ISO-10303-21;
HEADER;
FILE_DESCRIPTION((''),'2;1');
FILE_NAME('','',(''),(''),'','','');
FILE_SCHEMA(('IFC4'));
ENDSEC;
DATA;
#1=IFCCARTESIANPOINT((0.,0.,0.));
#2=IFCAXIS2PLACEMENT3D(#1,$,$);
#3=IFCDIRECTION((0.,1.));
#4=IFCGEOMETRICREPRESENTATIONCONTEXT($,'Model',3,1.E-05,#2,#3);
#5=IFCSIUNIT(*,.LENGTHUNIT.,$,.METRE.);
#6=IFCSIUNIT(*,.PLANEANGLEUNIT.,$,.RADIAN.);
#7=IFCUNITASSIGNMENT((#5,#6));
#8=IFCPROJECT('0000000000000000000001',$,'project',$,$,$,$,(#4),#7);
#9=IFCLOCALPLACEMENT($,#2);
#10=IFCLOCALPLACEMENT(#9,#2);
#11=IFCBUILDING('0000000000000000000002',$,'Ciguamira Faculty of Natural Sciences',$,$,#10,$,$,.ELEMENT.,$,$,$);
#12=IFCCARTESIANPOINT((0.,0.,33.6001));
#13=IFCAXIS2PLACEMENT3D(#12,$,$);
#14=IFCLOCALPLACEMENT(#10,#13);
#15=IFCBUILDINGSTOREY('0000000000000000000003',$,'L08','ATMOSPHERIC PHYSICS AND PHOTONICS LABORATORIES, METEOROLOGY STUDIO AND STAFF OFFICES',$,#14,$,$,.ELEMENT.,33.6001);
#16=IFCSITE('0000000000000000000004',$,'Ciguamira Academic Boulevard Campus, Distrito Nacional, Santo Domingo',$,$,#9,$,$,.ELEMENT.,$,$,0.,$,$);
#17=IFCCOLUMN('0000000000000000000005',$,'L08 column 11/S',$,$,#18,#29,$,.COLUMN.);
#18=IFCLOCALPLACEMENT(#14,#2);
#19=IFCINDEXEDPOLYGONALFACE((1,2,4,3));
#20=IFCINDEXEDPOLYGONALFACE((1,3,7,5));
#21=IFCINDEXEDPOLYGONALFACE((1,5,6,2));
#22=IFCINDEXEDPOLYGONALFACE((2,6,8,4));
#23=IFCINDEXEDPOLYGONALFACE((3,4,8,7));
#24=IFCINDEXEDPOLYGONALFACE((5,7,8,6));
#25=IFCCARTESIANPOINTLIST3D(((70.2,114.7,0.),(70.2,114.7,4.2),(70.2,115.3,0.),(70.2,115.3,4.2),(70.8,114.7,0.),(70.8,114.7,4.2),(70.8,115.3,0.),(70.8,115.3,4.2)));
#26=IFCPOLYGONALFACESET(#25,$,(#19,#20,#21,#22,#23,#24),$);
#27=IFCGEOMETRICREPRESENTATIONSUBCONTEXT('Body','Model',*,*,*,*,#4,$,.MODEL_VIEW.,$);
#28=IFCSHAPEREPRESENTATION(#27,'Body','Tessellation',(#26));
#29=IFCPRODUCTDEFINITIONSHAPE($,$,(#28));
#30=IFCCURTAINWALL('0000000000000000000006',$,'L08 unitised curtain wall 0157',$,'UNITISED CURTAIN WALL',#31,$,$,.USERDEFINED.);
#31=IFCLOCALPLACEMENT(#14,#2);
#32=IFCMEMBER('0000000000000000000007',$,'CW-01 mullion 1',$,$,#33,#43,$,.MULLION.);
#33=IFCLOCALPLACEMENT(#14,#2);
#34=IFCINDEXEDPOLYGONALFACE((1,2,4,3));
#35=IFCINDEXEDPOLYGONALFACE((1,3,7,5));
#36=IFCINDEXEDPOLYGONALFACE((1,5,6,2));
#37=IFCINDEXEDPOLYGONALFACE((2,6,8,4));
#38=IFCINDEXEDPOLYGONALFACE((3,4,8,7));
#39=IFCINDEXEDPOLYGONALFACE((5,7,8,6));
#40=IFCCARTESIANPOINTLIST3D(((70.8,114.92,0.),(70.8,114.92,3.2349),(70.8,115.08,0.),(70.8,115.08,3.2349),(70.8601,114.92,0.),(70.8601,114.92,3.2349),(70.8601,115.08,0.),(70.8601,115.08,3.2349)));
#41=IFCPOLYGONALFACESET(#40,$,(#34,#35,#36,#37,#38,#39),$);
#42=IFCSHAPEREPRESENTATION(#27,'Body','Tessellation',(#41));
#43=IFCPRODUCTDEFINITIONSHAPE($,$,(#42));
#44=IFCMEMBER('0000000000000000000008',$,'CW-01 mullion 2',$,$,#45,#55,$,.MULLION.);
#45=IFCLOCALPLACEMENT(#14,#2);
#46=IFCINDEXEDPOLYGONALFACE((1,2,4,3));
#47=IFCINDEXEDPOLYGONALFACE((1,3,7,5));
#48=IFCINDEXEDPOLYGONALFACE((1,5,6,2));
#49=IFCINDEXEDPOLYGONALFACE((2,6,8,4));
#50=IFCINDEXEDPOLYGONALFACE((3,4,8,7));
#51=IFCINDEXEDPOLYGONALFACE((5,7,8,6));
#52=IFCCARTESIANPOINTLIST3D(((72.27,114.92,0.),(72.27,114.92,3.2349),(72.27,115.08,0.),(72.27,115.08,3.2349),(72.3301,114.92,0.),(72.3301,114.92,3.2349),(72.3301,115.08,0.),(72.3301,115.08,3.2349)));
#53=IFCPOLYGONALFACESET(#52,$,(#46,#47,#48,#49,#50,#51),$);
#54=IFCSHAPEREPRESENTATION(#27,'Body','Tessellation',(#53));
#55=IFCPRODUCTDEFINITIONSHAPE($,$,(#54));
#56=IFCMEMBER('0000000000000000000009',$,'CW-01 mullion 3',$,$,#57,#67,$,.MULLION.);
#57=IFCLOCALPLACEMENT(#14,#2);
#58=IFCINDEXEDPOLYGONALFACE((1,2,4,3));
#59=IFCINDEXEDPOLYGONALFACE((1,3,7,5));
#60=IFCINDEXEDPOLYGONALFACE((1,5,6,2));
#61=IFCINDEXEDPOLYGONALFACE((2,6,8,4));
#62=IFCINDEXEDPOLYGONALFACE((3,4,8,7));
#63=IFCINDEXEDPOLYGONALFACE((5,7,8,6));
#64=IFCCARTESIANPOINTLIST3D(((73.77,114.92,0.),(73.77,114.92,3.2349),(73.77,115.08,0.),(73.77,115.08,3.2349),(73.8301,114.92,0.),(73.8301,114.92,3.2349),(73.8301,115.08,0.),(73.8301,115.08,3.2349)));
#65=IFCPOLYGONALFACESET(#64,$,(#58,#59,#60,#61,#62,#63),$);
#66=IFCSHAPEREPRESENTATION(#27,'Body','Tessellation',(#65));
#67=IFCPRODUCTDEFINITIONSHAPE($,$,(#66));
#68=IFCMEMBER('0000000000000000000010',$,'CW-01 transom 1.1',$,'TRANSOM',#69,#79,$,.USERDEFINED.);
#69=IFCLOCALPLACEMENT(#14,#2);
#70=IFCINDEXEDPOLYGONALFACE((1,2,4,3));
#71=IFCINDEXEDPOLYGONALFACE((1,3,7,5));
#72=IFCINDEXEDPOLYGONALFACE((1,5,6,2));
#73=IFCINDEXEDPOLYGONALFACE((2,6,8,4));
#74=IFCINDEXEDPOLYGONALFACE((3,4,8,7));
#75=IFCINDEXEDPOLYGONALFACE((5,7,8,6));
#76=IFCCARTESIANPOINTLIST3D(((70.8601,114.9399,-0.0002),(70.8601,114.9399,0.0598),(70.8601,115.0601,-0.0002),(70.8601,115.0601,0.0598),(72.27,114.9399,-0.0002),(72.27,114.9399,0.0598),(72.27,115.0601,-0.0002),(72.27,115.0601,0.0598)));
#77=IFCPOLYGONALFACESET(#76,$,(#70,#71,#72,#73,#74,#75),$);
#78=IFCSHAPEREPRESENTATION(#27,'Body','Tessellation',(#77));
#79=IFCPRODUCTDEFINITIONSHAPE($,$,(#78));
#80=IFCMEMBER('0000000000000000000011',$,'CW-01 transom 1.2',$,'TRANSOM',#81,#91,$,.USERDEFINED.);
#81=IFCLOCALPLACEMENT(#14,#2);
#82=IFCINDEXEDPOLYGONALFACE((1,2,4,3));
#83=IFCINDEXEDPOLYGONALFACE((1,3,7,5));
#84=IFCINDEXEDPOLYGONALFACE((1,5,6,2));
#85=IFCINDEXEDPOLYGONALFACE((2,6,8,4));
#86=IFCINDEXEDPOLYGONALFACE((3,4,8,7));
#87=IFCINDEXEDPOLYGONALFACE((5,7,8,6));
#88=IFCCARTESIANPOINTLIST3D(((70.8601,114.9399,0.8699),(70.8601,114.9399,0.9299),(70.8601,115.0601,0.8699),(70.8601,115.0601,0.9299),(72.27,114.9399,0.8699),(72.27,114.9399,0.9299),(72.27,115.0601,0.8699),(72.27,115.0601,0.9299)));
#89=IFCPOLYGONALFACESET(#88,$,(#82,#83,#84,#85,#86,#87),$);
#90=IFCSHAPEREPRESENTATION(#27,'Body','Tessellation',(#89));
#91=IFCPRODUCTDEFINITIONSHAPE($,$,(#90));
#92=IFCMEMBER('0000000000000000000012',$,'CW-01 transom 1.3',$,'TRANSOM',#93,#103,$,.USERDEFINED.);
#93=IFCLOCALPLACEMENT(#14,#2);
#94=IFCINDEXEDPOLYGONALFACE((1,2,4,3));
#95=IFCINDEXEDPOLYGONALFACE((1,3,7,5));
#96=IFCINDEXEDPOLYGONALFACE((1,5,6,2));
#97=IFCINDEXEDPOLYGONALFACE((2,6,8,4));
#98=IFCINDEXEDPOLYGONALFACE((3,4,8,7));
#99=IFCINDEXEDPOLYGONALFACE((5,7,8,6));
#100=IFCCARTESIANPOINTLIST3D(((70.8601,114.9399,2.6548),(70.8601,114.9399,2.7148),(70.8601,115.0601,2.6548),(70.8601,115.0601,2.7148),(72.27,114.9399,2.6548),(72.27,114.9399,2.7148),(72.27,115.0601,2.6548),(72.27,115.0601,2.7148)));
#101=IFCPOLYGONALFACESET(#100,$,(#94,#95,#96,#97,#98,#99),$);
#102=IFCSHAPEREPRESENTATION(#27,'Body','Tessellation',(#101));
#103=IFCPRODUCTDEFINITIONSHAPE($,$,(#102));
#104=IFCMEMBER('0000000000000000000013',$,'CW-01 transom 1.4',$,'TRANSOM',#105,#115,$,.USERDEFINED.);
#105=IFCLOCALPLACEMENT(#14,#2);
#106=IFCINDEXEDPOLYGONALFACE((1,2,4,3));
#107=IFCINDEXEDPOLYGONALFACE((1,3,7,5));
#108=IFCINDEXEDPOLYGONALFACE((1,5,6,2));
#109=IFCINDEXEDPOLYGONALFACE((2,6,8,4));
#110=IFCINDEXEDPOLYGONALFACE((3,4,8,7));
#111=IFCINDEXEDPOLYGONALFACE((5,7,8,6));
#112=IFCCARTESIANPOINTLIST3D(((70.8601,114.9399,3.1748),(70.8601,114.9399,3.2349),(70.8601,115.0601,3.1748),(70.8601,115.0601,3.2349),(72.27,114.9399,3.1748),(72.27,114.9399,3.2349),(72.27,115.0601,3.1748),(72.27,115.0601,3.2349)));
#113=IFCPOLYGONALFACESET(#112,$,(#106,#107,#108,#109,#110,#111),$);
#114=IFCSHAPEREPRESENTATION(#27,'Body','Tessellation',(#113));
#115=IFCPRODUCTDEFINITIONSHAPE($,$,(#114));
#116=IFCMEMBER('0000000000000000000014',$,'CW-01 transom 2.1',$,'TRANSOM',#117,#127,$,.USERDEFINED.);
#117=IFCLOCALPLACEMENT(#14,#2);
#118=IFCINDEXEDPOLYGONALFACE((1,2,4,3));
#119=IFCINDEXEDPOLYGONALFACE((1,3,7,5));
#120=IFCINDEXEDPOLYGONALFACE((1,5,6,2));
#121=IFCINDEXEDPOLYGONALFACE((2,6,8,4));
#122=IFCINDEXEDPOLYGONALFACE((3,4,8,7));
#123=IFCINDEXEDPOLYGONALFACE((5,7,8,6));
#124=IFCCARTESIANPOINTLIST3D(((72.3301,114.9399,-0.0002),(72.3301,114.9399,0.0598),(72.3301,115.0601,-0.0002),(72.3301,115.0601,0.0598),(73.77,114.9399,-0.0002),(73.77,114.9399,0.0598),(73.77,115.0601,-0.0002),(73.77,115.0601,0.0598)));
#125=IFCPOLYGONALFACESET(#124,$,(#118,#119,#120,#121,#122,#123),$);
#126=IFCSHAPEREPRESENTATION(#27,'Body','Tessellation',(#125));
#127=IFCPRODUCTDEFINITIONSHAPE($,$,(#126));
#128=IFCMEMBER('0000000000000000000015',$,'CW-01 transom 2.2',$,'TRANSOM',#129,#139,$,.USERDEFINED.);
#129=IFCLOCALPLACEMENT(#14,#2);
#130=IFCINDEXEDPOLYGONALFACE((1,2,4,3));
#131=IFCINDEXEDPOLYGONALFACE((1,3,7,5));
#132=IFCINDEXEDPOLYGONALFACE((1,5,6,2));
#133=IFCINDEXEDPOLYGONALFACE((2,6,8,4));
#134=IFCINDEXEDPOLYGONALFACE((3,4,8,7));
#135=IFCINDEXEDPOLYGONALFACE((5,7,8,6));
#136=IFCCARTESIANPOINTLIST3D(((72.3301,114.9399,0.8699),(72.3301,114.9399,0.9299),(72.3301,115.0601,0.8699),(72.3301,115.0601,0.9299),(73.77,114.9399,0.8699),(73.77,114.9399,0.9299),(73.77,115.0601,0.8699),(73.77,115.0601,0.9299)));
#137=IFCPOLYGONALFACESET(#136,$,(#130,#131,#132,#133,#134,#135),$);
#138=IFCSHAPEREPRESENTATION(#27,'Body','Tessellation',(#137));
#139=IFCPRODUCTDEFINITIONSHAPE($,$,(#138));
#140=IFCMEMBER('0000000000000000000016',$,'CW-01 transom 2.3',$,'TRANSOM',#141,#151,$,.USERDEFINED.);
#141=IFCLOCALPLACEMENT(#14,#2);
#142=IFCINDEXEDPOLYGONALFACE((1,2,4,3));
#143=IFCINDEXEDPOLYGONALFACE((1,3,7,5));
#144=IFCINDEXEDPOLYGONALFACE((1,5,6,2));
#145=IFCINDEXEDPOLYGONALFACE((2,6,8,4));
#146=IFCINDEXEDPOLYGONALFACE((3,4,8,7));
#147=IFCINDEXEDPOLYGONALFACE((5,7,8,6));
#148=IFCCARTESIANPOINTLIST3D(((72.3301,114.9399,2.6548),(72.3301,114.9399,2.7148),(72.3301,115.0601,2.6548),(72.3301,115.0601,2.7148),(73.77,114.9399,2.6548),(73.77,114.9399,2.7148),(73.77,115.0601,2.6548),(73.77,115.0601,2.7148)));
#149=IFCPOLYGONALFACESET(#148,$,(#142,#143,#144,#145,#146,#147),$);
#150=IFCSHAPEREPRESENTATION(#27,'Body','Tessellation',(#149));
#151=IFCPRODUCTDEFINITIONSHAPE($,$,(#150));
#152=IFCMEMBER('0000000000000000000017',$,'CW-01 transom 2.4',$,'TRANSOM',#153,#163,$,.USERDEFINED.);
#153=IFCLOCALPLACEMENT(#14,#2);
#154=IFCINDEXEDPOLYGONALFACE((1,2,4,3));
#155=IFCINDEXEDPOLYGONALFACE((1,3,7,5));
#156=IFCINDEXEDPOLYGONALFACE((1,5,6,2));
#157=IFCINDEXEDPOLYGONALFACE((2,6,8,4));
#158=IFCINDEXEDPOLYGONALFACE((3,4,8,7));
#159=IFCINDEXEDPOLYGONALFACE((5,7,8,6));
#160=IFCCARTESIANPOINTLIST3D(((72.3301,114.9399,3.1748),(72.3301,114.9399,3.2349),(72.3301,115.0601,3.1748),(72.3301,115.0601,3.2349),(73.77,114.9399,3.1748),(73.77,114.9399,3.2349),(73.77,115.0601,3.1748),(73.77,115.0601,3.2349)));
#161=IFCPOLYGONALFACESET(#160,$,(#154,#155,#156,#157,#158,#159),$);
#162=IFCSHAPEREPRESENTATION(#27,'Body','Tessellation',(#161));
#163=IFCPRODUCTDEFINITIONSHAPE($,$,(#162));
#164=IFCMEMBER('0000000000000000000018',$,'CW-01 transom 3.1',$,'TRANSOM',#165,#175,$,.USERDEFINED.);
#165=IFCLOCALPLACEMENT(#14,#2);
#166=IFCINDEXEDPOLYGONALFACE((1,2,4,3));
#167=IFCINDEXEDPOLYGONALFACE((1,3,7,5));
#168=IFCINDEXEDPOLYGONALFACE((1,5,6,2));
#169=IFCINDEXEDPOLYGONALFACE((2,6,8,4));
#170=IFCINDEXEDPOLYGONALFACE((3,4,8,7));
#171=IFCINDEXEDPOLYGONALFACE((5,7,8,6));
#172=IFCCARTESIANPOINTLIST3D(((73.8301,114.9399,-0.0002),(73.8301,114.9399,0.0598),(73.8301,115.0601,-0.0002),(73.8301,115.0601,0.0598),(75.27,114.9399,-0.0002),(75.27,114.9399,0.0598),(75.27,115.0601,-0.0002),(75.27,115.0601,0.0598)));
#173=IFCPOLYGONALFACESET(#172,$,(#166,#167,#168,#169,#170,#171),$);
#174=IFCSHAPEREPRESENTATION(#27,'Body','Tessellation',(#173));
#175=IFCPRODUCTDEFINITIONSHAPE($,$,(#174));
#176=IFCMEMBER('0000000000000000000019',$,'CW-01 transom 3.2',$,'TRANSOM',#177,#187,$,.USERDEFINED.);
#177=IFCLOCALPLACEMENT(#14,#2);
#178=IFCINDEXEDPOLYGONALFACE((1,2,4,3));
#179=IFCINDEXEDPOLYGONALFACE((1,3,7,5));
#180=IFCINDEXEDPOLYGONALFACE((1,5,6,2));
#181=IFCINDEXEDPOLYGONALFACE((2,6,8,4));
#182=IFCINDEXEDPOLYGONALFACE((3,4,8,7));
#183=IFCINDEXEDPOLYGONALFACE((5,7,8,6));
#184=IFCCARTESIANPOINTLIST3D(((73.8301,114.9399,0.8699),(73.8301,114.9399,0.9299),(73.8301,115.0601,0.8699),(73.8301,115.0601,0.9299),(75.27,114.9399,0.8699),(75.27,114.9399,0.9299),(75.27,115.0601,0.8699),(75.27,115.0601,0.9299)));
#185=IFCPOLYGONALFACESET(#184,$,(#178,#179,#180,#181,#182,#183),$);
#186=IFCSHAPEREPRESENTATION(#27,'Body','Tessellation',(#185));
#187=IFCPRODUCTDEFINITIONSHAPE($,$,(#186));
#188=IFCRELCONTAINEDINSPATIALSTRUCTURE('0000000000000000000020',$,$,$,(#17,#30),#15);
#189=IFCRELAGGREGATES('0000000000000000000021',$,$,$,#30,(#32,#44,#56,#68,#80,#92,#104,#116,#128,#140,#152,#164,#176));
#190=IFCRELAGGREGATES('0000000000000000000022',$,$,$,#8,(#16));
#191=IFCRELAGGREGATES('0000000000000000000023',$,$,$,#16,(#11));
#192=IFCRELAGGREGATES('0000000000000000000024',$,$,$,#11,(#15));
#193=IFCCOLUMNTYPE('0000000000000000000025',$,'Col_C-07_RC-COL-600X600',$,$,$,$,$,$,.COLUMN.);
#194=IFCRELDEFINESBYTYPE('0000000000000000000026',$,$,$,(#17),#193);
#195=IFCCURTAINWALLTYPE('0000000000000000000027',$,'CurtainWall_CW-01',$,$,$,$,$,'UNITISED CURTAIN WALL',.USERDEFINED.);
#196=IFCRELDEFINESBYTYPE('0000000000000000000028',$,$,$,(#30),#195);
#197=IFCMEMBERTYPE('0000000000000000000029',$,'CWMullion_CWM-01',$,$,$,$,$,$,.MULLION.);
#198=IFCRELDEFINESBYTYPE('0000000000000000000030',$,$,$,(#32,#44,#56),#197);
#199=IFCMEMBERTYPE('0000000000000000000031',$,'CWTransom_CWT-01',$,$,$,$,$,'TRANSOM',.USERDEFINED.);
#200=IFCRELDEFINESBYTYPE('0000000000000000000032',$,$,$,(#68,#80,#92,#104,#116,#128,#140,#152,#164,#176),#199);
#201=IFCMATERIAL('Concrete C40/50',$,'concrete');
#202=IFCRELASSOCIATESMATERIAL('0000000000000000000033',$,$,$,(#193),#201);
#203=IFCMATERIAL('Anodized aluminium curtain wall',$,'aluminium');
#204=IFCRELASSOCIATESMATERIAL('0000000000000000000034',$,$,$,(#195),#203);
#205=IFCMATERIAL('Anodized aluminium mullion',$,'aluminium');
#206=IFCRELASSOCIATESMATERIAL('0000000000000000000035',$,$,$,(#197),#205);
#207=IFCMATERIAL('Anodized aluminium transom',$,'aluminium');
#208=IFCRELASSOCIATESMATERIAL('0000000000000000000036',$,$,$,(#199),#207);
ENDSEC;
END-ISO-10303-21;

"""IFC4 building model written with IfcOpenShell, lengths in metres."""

from ifc_helpers import new_model, si_unit, direction, frame, origin, origin_2d, place, context, subcontext, project, spatial, rectangle, extrude, material, material_profile, profile_set, type_object, element, aggregate, save


model = new_model("IFC4")

# Units and contexts
model_context = context("Model", 3, precision=1e-05, world=origin(), true_north=direction((0.0, 1.0)))
body_context = subcontext(model_context, "Body", "Model", "MODEL_VIEW")
ifc_project = project(units=[si_unit("LENGTHUNIT", "METRE"), si_unit("PLANEANGLEUNIT", "RADIAN")], contexts=[model_context])

# Site, building, storey
site_placement = place(None, origin())
site = spatial("IfcSite", under=ifc_project, at=site_placement, Name="Ciguamira Academic Boulevard Campus, Distrito Nacional, Santo Domingo", CompositionType="ELEMENT", RefElevation=0.0)
building_placement = place(site_placement, origin())
building = spatial("IfcBuilding", under=site, at=building_placement, Name="Ciguamira Faculty of Natural Sciences", CompositionType="ELEMENT")
storey_placement = place(building_placement, frame((0.0, 0.0, 33.6001)))
storey = spatial("IfcBuildingStorey", under=building, at=storey_placement, Name="L08", Description="ATMOSPHERIC PHYSICS AND PHOTONICS LABORATORIES, METEOROLOGY STUDIO AND STAFF OFFICES", CompositionType="ELEMENT", Elevation=33.6001)

# Column
ifc_material_1 = material(Name="Concrete C40/50", Category="concrete")
ifc_material_profile_1 = material_profile(ifc_material_1, rectangle(XDim=0.6001, YDim=0.6001, at=origin_2d()), Name="RC-COL-600X600")
ifc_profile_set_1 = profile_set([ifc_material_profile_1], Name="Concrete C40/50")
column_type = type_object("IfcColumnType", Name="Col_C-07_RC-COL-600X600", PredefinedType="COLUMN", material=ifc_profile_set_1)
column_placement = place(storey_placement, frame((70.5, 115.0, 0.0), z_axis=(0.0, 0.0, 1.0), x_axis=(1.0, 0.0, 0.0)))
element("IfcColumn", 1, at=column_placement, inside=storey, type_object=column_type, Name="L08 column 11/S", PredefinedType="COLUMN", context=body_context, shape_type="SweptSolid", body=[
    extrude(rectangle(XDim=0.6001, YDim=0.6001, at=origin_2d()), origin(), (0.0, 0.0, 1.0), 4.2),
])

# Curtain wall, members
ifc_material_2 = material(Name="Anodized aluminium curtain wall", Category="aluminium")
curtain_wall_type = type_object("IfcCurtainWallType", Name="CurtainWall_CW-01", ElementType="UNITISED CURTAIN WALL", PredefinedType="USERDEFINED", material=ifc_material_2)
curtain_wall_placement = place(storey_placement, origin())
curtain_wall = element("IfcCurtainWall", 2, at=curtain_wall_placement, inside=storey, type_object=curtain_wall_type, Name="L08 unitised curtain wall 0157", ObjectType="UNITISED CURTAIN WALL", PredefinedType="USERDEFINED")
ifc_material_3 = material(Name="Anodized aluminium mullion", Category="aluminium")
ifc_material_profile_2 = material_profile(ifc_material_3, rectangle(XDim=0.0601, YDim=0.1599, at=origin_2d()), Name="ALU-MUL-60X160")
ifc_profile_set_2 = profile_set([ifc_material_profile_2], Name="Anodized aluminium mullion")
member_type_1 = type_object("IfcMemberType", Name="CWMullion_CWM-01", PredefinedType="MULLION", material=ifc_profile_set_2)
member_1_placement = place(storey_placement, frame((70.8301, 115.0, 0.0), z_axis=(0.0, 0.0, 1.0), x_axis=(1.0, 0.0, 0.0)))
member_1 = element("IfcMember", 3, at=member_1_placement, type_object=member_type_1, Name="CW-01 mullion 1", PredefinedType="MULLION", context=body_context, shape_type="SweptSolid", body=[
    extrude(rectangle(XDim=0.0601, YDim=0.1599, at=origin_2d()), origin(), (0.0, 0.0, 1.0), 3.2349),
])
member_2_placement = place(storey_placement, frame((72.3, 115.0, 0.0), z_axis=(0.0, 0.0, 1.0), x_axis=(1.0, 0.0, 0.0)))
member_2 = element("IfcMember", 4, at=member_2_placement, type_object=member_type_1, Name="CW-01 mullion 2", PredefinedType="MULLION", context=body_context, shape_type="SweptSolid", body=[
    extrude(rectangle(XDim=0.0601, YDim=0.1599, at=origin_2d()), origin(), (0.0, 0.0, 1.0), 3.2349),
])
member_3_placement = place(storey_placement, frame((73.8, 115.0, 0.0), z_axis=(0.0, 0.0, 1.0), x_axis=(1.0, 0.0, 0.0)))
member_3 = element("IfcMember", 5, at=member_3_placement, type_object=member_type_1, Name="CW-01 mullion 3", PredefinedType="MULLION", context=body_context, shape_type="SweptSolid", body=[
    extrude(rectangle(XDim=0.0601, YDim=0.1599, at=origin_2d()), origin(), (0.0, 0.0, 1.0), 3.2349),
])
ifc_material_4 = material(Name="Anodized aluminium transom", Category="aluminium")
ifc_material_profile_3 = material_profile(ifc_material_4, rectangle(XDim=0.0601, YDim=0.1201, at=origin_2d()), Name="ALU-TRN-60X120")
ifc_profile_set_3 = profile_set([ifc_material_profile_3], Name="Anodized aluminium transom")
member_type_2 = type_object("IfcMemberType", Name="CWTransom_CWT-01", ElementType="TRANSOM", PredefinedType="USERDEFINED", material=ifc_profile_set_3)
member_4_placement = place(storey_placement, frame((70.8601, 115.0, 0.0298), z_axis=(1.0, 0.0, 0.0), x_axis=(0.0, 0.0, 1.0)))
member_4 = element("IfcMember", 6, at=member_4_placement, type_object=member_type_2, Name="CW-01 transom 1.1", ObjectType="TRANSOM", PredefinedType="USERDEFINED", context=body_context, shape_type="SweptSolid", body=[
    extrude(rectangle(XDim=0.0601, YDim=0.1201, at=origin_2d()), origin(), (0.0, 0.0, 1.0), 1.4099),
])
member_5_placement = place(storey_placement, frame((70.8601, 115.0, 0.8999), z_axis=(1.0, 0.0, 0.0), x_axis=(0.0, 0.0, 1.0)))
member_5 = element("IfcMember", 7, at=member_5_placement, type_object=member_type_2, Name="CW-01 transom 1.2", ObjectType="TRANSOM", PredefinedType="USERDEFINED", context=body_context, shape_type="SweptSolid", body=[
    extrude(rectangle(XDim=0.0601, YDim=0.1201, at=origin_2d()), origin(), (0.0, 0.0, 1.0), 1.4099),
])
member_6_placement = place(storey_placement, frame((70.8601, 115.0, 2.6848), z_axis=(1.0, 0.0, 0.0), x_axis=(0.0, 0.0, 1.0)))
member_6 = element("IfcMember", 8, at=member_6_placement, type_object=member_type_2, Name="CW-01 transom 1.3", ObjectType="TRANSOM", PredefinedType="USERDEFINED", context=body_context, shape_type="SweptSolid", body=[
    extrude(rectangle(XDim=0.0601, YDim=0.1201, at=origin_2d()), origin(), (0.0, 0.0, 1.0), 1.4099),
])
member_7_placement = place(storey_placement, frame((70.8601, 115.0, 3.2048), z_axis=(1.0, 0.0, 0.0), x_axis=(0.0, 0.0, 1.0)))
member_7 = element("IfcMember", 9, at=member_7_placement, type_object=member_type_2, Name="CW-01 transom 1.4", ObjectType="TRANSOM", PredefinedType="USERDEFINED", context=body_context, shape_type="SweptSolid", body=[
    extrude(rectangle(XDim=0.0601, YDim=0.1201, at=origin_2d()), origin(), (0.0, 0.0, 1.0), 1.4099),
])
member_8_placement = place(storey_placement, frame((72.3301, 115.0, 0.0298), z_axis=(1.0, 0.0, 0.0), x_axis=(0.0, 0.0, 1.0)))
member_8 = element("IfcMember", 10, at=member_8_placement, type_object=member_type_2, Name="CW-01 transom 2.1", ObjectType="TRANSOM", PredefinedType="USERDEFINED", context=body_context, shape_type="SweptSolid", body=[
    extrude(rectangle(XDim=0.0601, YDim=0.1201, at=origin_2d()), origin(), (0.0, 0.0, 1.0), 1.4399),
])
member_9_placement = place(storey_placement, frame((72.3301, 115.0, 0.8999), z_axis=(1.0, 0.0, 0.0), x_axis=(0.0, 0.0, 1.0)))
member_9 = element("IfcMember", 11, at=member_9_placement, type_object=member_type_2, Name="CW-01 transom 2.2", ObjectType="TRANSOM", PredefinedType="USERDEFINED", context=body_context, shape_type="SweptSolid", body=[
    extrude(rectangle(XDim=0.0601, YDim=0.1201, at=origin_2d()), origin(), (0.0, 0.0, 1.0), 1.4399),
])
member_10_placement = place(storey_placement, frame((72.3301, 115.0, 2.6848), z_axis=(1.0, 0.0, 0.0), x_axis=(0.0, 0.0, 1.0)))
member_10 = element("IfcMember", 12, at=member_10_placement, type_object=member_type_2, Name="CW-01 transom 2.3", ObjectType="TRANSOM", PredefinedType="USERDEFINED", context=body_context, shape_type="SweptSolid", body=[
    extrude(rectangle(XDim=0.0601, YDim=0.1201, at=origin_2d()), origin(), (0.0, 0.0, 1.0), 1.4399),
])
member_11_placement = place(storey_placement, frame((72.3301, 115.0, 3.2048), z_axis=(1.0, 0.0, 0.0), x_axis=(0.0, 0.0, 1.0)))
member_11 = element("IfcMember", 13, at=member_11_placement, type_object=member_type_2, Name="CW-01 transom 2.4", ObjectType="TRANSOM", PredefinedType="USERDEFINED", context=body_context, shape_type="SweptSolid", body=[
    extrude(rectangle(XDim=0.0601, YDim=0.1201, at=origin_2d()), origin(), (0.0, 0.0, 1.0), 1.4399),
])
member_12_placement = place(storey_placement, frame((73.8301, 115.0, 0.0298), z_axis=(1.0, 0.0, 0.0), x_axis=(0.0, 0.0, 1.0)))
member_12 = element("IfcMember", 14, at=member_12_placement, type_object=member_type_2, Name="CW-01 transom 3.1", ObjectType="TRANSOM", PredefinedType="USERDEFINED", context=body_context, shape_type="SweptSolid", body=[
    extrude(rectangle(XDim=0.0601, YDim=0.1201, at=origin_2d()), origin(), (0.0, 0.0, 1.0), 1.4399),
])
member_13_placement = place(storey_placement, frame((73.8301, 115.0, 0.8999), z_axis=(1.0, 0.0, 0.0), x_axis=(0.0, 0.0, 1.0)))
member_13 = element("IfcMember", 15, at=member_13_placement, type_object=member_type_2, Name="CW-01 transom 3.2", ObjectType="TRANSOM", PredefinedType="USERDEFINED", context=body_context, shape_type="SweptSolid", body=[
    extrude(rectangle(XDim=0.0601, YDim=0.1201, at=origin_2d()), origin(), (0.0, 0.0, 1.0), 1.4399),
])

aggregate(curtain_wall, [member_1, member_2, member_3, member_4, member_5, member_6, member_7, member_8, member_9, member_10, member_11, member_12, member_13])

save(model, "model.ifc")
